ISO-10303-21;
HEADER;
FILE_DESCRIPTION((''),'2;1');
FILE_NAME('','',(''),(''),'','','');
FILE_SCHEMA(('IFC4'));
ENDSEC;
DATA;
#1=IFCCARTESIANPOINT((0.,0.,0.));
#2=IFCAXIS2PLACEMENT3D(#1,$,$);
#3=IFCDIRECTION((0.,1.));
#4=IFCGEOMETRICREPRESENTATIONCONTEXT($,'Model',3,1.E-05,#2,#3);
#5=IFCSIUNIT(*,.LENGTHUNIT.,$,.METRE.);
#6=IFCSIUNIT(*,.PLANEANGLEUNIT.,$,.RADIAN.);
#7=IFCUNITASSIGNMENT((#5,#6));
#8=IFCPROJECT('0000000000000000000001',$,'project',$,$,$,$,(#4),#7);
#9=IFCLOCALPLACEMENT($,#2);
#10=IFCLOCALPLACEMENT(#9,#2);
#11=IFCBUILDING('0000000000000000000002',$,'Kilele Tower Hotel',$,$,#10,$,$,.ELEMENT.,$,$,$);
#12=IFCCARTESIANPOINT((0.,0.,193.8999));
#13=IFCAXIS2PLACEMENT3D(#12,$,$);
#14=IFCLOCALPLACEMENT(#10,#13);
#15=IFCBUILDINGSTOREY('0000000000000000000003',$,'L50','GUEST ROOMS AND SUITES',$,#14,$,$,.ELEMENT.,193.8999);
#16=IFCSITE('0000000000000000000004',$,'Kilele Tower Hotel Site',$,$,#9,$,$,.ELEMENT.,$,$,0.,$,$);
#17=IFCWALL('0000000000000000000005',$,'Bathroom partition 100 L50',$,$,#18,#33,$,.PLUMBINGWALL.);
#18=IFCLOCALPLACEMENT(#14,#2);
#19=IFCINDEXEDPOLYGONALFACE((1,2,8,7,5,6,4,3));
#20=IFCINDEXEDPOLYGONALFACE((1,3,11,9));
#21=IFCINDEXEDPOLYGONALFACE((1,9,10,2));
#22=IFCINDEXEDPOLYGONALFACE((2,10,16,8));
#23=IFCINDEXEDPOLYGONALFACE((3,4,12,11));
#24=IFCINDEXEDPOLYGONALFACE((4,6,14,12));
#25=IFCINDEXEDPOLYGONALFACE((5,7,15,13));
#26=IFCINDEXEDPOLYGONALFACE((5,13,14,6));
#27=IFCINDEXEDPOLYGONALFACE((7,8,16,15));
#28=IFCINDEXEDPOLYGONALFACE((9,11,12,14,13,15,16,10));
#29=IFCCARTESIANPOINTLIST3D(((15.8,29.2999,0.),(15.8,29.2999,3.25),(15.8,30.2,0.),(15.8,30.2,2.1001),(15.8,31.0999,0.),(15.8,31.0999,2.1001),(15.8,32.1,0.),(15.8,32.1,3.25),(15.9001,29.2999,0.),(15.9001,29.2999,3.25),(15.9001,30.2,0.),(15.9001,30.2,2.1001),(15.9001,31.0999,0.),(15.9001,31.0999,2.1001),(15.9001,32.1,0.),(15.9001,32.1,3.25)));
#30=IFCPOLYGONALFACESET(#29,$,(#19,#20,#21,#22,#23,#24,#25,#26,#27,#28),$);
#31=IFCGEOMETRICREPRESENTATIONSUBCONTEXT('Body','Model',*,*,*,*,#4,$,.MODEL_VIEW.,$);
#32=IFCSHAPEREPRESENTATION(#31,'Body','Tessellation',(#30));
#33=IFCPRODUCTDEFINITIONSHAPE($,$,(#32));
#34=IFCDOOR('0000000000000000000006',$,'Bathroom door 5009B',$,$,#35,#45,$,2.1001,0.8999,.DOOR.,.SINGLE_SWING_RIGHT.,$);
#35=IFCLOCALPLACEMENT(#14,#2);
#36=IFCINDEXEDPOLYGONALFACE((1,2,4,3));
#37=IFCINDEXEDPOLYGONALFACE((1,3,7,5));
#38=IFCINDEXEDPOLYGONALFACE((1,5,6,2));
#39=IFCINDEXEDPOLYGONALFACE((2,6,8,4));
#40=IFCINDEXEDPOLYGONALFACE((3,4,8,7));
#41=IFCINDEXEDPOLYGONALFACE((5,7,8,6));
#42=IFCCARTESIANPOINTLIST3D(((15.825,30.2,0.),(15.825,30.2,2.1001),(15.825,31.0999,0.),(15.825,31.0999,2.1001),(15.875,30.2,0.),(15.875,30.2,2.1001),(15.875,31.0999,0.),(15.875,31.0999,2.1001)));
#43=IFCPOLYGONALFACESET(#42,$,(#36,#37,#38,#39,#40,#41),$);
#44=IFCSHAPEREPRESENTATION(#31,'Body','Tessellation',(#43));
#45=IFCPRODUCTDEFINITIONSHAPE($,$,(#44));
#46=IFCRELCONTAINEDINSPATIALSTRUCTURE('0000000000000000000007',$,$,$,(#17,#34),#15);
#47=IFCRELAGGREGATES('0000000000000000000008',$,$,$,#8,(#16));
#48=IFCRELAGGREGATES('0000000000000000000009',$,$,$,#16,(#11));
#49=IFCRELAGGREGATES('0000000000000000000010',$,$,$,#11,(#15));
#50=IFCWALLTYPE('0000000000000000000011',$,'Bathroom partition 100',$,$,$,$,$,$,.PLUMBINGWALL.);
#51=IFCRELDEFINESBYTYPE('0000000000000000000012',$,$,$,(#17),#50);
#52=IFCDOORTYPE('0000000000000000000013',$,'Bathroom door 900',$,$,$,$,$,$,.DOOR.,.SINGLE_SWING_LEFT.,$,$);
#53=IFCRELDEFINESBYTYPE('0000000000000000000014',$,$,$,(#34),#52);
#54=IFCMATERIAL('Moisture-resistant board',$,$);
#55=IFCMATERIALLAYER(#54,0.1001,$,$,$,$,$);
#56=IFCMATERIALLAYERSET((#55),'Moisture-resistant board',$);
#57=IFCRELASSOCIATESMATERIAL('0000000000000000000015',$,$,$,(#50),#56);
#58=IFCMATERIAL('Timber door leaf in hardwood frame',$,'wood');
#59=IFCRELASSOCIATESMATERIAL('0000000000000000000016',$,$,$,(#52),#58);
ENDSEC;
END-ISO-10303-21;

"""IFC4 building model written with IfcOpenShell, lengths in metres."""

from ifc_helpers import new_model, si_unit, direction, frame, frame_2d, origin, place, context, subcontext, project, spatial, rectangle, extrude, material, layer, layer_set, type_object, element, fill, save


model = new_model("IFC4")

# Units and contexts
model_context = context("Model", 3, precision=1e-05, world=origin(), true_north=direction((0.0, 1.0)))
body_context = subcontext(model_context, "Body", "Model", "MODEL_VIEW")
ifc_project = project(units=[si_unit("LENGTHUNIT", "METRE"), si_unit("PLANEANGLEUNIT", "RADIAN")], contexts=[model_context])

# Site, building, storey
site_placement = place(None, origin())
site = spatial("IfcSite", under=ifc_project, at=site_placement, Name="Kilele Tower Hotel Site", CompositionType="ELEMENT", RefElevation=0.0)
building_placement = place(site_placement, origin())
building = spatial("IfcBuilding", under=site, at=building_placement, Name="Kilele Tower Hotel", CompositionType="ELEMENT")
storey_placement = place(building_placement, frame((0.0, 0.0, 193.8999)))
storey = spatial("IfcBuildingStorey", under=building, at=storey_placement, Name="L50", Description="GUEST ROOMS AND SUITES", CompositionType="ELEMENT", Elevation=193.8999)

# Wall, opening, door
ifc_material_1 = material(Name="Moisture-resistant board")
ifc_layer_1 = layer(ifc_material_1, 0.1001)
ifc_layer_set_1 = layer_set([ifc_layer_1], Name="Moisture-resistant board")
wall_type_1 = type_object("IfcWallType", Name="Bathroom partition 100", PredefinedType="PLUMBINGWALL", material=ifc_layer_set_1)
wall_1_placement = place(storey_placement, frame((15.8501, 29.3, 0.0), z_axis=(0.0, 0.0, 1.0), x_axis=(0.0, 1.0, 0.0)))
wall_1 = element("IfcWall", 1, at=wall_1_placement, inside=storey, type_object=wall_type_1, Name="Bathroom partition 100 L50", PredefinedType="PLUMBINGWALL", context=body_context, shape_type="SweptSolid", body=[
    extrude(rectangle(XDim=2.8, YDim=0.1001, at=frame_2d((1.3999, 0.0))), origin(), (0.0, 0.0, 1.0), 3.25),
])
opening_1_placement = place(wall_1_placement, frame((1.7998, 0.0, 0.0), z_axis=(0.0, 0.0, 1.0), x_axis=(-1.0, 0.0, 0.0)))
opening_1 = element("IfcOpeningElement", 2, at=opening_1_placement, cuts=wall_1, PredefinedType="OPENING", context=body_context, shape_type="SweptSolid", body=[
    extrude(rectangle(XDim=0.8999, YDim=2.1001, at=frame_2d((0.45, 1.05))), frame((0.0, 0.0601, 0.0), z_axis=(0.0, -1.0, 0.0), x_axis=(1.0, 0.0, 0.0)), (0.0, 0.0, 1.0), 0.1201),
])
ifc_material_2 = material(Name="Timber door leaf in hardwood frame", Category="wood")
door_type_1 = type_object("IfcDoorType", Name="Bathroom door 900", OperationType="SINGLE_SWING_LEFT", PredefinedType="DOOR", material=ifc_material_2)
door_1_placement = place(opening_1_placement, origin())
door_1 = element("IfcDoor", 3, at=door_1_placement, inside=storey, type_object=door_type_1, Name="Bathroom door 5009B", OperationType="SINGLE_SWING_RIGHT", OverallHeight=2.1001, OverallWidth=0.8999, PredefinedType="DOOR", context=body_context, shape_type="SweptSolid", body=[
    extrude(rectangle(XDim=0.8999, YDim=2.1001, at=frame_2d((0.45, 1.05))), frame((0.0, 0.0249, 0.0), z_axis=(0.0, -1.0, 0.0), x_axis=(1.0, 0.0, 0.0)), (0.0, 0.0, 1.0), 0.05),
])
fill(opening_1, door_1)

save(model, "model.ifc")
